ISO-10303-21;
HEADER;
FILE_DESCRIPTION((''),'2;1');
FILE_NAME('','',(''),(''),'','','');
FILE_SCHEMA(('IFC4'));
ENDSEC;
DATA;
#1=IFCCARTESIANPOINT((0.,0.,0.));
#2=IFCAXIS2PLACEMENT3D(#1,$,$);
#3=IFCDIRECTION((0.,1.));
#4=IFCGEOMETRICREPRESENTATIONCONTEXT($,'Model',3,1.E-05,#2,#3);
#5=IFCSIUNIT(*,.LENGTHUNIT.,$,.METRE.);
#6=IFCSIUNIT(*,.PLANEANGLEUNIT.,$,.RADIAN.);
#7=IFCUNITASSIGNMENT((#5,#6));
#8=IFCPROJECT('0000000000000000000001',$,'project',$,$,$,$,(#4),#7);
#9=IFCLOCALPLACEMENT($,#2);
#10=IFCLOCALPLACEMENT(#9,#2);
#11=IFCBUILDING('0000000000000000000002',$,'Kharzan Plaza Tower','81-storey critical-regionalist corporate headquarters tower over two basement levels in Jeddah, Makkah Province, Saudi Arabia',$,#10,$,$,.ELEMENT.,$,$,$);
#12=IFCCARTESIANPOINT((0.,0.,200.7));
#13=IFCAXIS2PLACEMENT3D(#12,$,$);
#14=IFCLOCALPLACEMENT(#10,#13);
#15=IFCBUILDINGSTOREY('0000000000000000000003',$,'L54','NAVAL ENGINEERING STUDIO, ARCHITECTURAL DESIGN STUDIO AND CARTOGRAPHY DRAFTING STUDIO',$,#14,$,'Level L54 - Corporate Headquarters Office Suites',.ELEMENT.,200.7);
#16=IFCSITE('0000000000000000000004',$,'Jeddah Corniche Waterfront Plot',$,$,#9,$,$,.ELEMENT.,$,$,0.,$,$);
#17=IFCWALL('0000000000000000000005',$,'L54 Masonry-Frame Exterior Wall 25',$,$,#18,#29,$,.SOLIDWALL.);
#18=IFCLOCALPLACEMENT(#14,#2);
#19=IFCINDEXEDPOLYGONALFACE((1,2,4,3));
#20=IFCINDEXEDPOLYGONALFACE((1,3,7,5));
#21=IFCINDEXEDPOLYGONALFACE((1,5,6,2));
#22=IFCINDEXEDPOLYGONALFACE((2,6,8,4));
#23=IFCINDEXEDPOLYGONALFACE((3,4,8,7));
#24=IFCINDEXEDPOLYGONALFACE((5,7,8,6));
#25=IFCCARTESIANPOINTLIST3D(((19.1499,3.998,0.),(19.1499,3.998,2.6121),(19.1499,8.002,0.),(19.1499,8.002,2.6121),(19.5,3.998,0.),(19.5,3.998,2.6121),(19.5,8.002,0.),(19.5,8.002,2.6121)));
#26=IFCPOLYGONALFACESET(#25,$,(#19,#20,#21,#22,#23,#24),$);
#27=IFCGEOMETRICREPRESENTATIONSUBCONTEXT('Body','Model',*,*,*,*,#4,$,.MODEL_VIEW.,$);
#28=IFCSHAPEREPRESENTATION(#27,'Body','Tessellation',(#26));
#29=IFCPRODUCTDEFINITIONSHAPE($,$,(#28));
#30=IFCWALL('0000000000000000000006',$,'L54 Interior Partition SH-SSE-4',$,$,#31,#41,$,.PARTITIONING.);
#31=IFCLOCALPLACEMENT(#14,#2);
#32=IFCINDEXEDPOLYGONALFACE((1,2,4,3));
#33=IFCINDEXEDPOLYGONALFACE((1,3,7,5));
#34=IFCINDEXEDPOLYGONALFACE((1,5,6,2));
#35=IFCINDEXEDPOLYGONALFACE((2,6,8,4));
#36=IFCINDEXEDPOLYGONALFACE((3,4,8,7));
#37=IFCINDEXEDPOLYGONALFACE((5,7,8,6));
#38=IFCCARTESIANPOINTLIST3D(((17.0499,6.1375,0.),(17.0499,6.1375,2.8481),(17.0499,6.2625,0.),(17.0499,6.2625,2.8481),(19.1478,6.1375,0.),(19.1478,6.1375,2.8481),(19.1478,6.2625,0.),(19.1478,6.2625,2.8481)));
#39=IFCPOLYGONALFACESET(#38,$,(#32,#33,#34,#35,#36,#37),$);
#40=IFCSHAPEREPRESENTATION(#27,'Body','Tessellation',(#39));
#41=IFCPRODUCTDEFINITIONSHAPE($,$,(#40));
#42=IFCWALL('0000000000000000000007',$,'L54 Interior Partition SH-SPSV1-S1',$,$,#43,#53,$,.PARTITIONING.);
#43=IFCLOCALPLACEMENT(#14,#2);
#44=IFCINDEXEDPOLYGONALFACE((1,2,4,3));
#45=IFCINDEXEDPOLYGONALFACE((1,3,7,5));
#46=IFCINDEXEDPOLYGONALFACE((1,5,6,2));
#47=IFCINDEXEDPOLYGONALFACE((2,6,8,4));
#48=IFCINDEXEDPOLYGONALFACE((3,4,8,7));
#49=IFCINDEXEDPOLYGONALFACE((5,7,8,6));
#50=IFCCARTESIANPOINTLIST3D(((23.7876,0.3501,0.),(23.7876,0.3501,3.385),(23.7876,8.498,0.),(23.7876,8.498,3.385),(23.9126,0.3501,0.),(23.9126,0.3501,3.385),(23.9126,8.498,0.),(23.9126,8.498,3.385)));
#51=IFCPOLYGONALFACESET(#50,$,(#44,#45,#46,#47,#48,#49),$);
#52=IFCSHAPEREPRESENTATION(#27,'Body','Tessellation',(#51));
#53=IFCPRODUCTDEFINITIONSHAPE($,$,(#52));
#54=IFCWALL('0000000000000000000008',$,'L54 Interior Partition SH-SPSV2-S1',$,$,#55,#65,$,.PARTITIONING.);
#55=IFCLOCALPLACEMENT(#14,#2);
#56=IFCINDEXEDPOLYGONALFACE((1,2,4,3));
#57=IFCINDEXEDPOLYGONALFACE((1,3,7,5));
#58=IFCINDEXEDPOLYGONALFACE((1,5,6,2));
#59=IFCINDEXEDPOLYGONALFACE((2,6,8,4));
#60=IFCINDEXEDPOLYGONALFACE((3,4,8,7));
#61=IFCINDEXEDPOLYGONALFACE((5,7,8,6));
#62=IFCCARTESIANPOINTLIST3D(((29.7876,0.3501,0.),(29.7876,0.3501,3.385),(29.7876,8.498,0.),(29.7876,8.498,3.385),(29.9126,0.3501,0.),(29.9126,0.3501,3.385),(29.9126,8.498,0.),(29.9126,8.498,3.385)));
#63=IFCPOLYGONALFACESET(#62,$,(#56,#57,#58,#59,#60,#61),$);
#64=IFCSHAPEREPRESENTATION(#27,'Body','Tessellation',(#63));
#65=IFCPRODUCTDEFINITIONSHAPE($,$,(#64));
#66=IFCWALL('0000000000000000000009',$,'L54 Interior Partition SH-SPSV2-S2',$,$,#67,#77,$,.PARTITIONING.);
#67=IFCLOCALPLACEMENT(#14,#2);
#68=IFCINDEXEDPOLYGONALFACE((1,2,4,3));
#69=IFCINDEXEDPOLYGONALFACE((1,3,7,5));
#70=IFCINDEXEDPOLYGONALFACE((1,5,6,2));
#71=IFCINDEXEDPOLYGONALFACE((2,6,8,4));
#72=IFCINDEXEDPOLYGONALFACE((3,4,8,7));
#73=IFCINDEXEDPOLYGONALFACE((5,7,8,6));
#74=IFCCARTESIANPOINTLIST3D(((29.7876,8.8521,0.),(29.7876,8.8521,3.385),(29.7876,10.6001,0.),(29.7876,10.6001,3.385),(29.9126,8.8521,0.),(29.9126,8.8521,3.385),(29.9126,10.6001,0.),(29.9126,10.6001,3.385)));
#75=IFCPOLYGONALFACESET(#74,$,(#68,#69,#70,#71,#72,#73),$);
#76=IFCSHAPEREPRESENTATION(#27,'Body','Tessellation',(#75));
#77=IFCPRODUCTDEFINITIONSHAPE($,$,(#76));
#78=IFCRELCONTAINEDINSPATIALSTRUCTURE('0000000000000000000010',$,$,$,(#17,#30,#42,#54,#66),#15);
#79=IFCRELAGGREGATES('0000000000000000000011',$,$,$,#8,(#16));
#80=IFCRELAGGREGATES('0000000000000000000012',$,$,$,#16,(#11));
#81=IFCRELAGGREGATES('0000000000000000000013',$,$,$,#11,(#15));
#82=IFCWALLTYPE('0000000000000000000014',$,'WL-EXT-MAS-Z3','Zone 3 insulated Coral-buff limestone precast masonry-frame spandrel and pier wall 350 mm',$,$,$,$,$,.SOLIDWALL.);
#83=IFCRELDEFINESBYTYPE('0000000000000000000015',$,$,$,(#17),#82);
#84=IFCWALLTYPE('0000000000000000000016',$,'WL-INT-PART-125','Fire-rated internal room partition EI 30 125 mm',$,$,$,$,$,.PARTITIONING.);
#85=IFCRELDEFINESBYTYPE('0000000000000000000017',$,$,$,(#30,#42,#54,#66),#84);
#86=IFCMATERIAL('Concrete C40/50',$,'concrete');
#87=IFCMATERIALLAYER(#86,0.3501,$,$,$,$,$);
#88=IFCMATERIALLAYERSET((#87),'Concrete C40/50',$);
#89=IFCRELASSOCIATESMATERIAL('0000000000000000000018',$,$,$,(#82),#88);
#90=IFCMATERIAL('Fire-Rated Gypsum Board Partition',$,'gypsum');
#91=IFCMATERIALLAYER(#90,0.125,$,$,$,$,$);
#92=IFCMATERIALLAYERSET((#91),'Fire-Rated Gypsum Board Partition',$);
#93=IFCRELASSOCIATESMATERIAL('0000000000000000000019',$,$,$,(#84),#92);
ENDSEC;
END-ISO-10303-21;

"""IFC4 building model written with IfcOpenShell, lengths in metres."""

from ifc_helpers import new_model, si_unit, direction, frame, frame_2d, origin, place, context, subcontext, project, spatial, rectangle, extrude, source, transform, mapped, material, layer, layer_set, type_object, element, save


model = new_model("IFC4")

# Units and contexts
model_context = context("Model", 3, precision=1e-05, world=origin(), true_north=direction((0.0, 1.0)))
body_context = subcontext(model_context, "Body", "Model", "MODEL_VIEW")
ifc_project = project(units=[si_unit("LENGTHUNIT", "METRE"), si_unit("PLANEANGLEUNIT", "RADIAN")], contexts=[model_context])

# Site, building, storey
site_placement = place(None, origin())
site = spatial("IfcSite", under=ifc_project, at=site_placement, Name="Jeddah Corniche Waterfront Plot", CompositionType="ELEMENT", RefElevation=0.0)
building_placement = place(site_placement, origin())
building = spatial("IfcBuilding", under=site, at=building_placement, Name="Kharzan Plaza Tower", Description="81-storey critical-regionalist corporate headquarters tower over two basement levels in Jeddah, Makkah Province, Saudi Arabia", CompositionType="ELEMENT")
storey_placement = place(building_placement, frame((0.0, 0.0, 200.7)))
storey = spatial("IfcBuildingStorey", under=building, at=storey_placement, Name="L54", Description="NAVAL ENGINEERING STUDIO, ARCHITECTURAL DESIGN STUDIO AND CARTOGRAPHY DRAFTING STUDIO", LongName="Level L54 - Corporate Headquarters Office Suites", CompositionType="ELEMENT", Elevation=200.7)

# Shared definitions
ifc_material_1 = material(Name="Concrete C40/50", Category="concrete")
ifc_layer_1 = layer(ifc_material_1, 0.3501)
ifc_layer_set_1 = layer_set([ifc_layer_1], Name="Concrete C40/50")
wall_type_1 = type_object("IfcWallType", Name="WL-EXT-MAS-Z3", Description="Zone 3 insulated Coral-buff limestone precast masonry-frame spandrel and pier wall 350 mm", PredefinedType="SOLIDWALL", material=ifc_layer_set_1)

# Shared definitions
ifc_material_2 = material(Name="Fire-Rated Gypsum Board Partition", Category="gypsum")
ifc_layer_2 = layer(ifc_material_2, 0.125)
ifc_layer_set_2 = layer_set([ifc_layer_2], Name="Fire-Rated Gypsum Board Partition")
wall_type_2 = type_object("IfcWallType", Name="WL-INT-PART-125", Description="Fire-rated internal room partition EI 30 125 mm", PredefinedType="PARTITIONING", material=ifc_layer_set_2)

# Walls
shared_shape_1 = source(origin(), body_context, "Body", "SweptSolid", [
    extrude(rectangle(XDim=4.0039, YDim=0.3501, at=frame_2d((2.002, 0.0))), origin(), (0.0, 0.0, 1.0), 2.6121),
])
wall_1_placement = place(storey_placement, frame((19.325, 3.998, 0.0), z_axis=(0.0, 0.0, 1.0), x_axis=(0.0, 1.0, 0.0)))
element("IfcWall", 1, at=wall_1_placement, inside=storey, type_object=wall_type_1, Name="L54 Masonry-Frame Exterior Wall 25", PredefinedType="SOLIDWALL", context=body_context, shape_type="MappedRepresentation", body=[
    mapped(shared_shape_1, transform((0.0, 0.0, 0.0), x_axis=(1.0, 0.0, 0.0), y_axis=(0.0, 1.0, 0.0), z_axis=(0.0, 0.0, 1.0))),
])
shared_shape_2 = source(origin(), body_context, "Body", "SweptSolid", [
    extrude(rectangle(XDim=2.0979, YDim=0.125, at=frame_2d((1.0488, 0.0))), origin(), (0.0, 0.0, 1.0), 2.8481),
])
wall_2_placement = place(storey_placement, frame((17.05, 6.2, 0.0), z_axis=(0.0, 0.0, 1.0), x_axis=(1.0, 0.0, 0.0)))
element("IfcWall", 2, at=wall_2_placement, inside=storey, type_object=wall_type_2, Name="L54 Interior Partition SH-SSE-4", PredefinedType="PARTITIONING", context=body_context, shape_type="MappedRepresentation", body=[
    mapped(shared_shape_2, transform((0.0, 0.0, 0.0), x_axis=(1.0, 0.0, 0.0), y_axis=(0.0, 1.0, 0.0), z_axis=(0.0, 0.0, 1.0))),
])
shared_shape_3 = source(origin(), body_context, "Body", "SweptSolid", [
    extrude(rectangle(XDim=8.1479, YDim=0.125, at=frame_2d((4.074, 0.0))), origin(), (0.0, 0.0, 1.0), 3.385),
])
for number, where, z_axis, x_axis, name in (
    (3, (23.8501, 0.3501, 0.0), (0.0, 0.0, 1.0), (0.0, 1.0, 0.0), "L54 Interior Partition SH-SPSV1-S1"),
    (4, (29.8501, 0.3501, 0.0), (0.0, 0.0, 1.0), (0.0, 1.0, 0.0), "L54 Interior Partition SH-SPSV2-S1"),
):
    element("IfcWall", number, at=place(storey_placement, frame(where, z_axis=z_axis, x_axis=x_axis)), inside=storey, type_object=wall_type_2, Name=name, PredefinedType="PARTITIONING", context=body_context, shape_type="MappedRepresentation", body=[
        mapped(shared_shape_3, transform((0.0, 0.0, 0.0), x_axis=(1.0, 0.0, 0.0), y_axis=(0.0, 1.0, 0.0), z_axis=(0.0, 0.0, 1.0))),
    ])
shared_shape_4 = source(origin(), body_context, "Body", "SweptSolid", [
    extrude(rectangle(XDim=1.748, YDim=0.125, at=frame_2d((0.874, 0.0))), origin(), (0.0, 0.0, 1.0), 3.385),
])
wall_3_placement = place(storey_placement, frame((29.8501, 8.8521, 0.0), z_axis=(0.0, 0.0, 1.0), x_axis=(0.0, 1.0, 0.0)))
element("IfcWall", 5, at=wall_3_placement, inside=storey, type_object=wall_type_2, Name="L54 Interior Partition SH-SPSV2-S2", PredefinedType="PARTITIONING", context=body_context, shape_type="MappedRepresentation", body=[
    mapped(shared_shape_4, transform((0.0, 0.0, 0.0), x_axis=(1.0, 0.0, 0.0), y_axis=(0.0, 1.0, 0.0), z_axis=(0.0, 0.0, 1.0))),
])

save(model, "model.ifc")
